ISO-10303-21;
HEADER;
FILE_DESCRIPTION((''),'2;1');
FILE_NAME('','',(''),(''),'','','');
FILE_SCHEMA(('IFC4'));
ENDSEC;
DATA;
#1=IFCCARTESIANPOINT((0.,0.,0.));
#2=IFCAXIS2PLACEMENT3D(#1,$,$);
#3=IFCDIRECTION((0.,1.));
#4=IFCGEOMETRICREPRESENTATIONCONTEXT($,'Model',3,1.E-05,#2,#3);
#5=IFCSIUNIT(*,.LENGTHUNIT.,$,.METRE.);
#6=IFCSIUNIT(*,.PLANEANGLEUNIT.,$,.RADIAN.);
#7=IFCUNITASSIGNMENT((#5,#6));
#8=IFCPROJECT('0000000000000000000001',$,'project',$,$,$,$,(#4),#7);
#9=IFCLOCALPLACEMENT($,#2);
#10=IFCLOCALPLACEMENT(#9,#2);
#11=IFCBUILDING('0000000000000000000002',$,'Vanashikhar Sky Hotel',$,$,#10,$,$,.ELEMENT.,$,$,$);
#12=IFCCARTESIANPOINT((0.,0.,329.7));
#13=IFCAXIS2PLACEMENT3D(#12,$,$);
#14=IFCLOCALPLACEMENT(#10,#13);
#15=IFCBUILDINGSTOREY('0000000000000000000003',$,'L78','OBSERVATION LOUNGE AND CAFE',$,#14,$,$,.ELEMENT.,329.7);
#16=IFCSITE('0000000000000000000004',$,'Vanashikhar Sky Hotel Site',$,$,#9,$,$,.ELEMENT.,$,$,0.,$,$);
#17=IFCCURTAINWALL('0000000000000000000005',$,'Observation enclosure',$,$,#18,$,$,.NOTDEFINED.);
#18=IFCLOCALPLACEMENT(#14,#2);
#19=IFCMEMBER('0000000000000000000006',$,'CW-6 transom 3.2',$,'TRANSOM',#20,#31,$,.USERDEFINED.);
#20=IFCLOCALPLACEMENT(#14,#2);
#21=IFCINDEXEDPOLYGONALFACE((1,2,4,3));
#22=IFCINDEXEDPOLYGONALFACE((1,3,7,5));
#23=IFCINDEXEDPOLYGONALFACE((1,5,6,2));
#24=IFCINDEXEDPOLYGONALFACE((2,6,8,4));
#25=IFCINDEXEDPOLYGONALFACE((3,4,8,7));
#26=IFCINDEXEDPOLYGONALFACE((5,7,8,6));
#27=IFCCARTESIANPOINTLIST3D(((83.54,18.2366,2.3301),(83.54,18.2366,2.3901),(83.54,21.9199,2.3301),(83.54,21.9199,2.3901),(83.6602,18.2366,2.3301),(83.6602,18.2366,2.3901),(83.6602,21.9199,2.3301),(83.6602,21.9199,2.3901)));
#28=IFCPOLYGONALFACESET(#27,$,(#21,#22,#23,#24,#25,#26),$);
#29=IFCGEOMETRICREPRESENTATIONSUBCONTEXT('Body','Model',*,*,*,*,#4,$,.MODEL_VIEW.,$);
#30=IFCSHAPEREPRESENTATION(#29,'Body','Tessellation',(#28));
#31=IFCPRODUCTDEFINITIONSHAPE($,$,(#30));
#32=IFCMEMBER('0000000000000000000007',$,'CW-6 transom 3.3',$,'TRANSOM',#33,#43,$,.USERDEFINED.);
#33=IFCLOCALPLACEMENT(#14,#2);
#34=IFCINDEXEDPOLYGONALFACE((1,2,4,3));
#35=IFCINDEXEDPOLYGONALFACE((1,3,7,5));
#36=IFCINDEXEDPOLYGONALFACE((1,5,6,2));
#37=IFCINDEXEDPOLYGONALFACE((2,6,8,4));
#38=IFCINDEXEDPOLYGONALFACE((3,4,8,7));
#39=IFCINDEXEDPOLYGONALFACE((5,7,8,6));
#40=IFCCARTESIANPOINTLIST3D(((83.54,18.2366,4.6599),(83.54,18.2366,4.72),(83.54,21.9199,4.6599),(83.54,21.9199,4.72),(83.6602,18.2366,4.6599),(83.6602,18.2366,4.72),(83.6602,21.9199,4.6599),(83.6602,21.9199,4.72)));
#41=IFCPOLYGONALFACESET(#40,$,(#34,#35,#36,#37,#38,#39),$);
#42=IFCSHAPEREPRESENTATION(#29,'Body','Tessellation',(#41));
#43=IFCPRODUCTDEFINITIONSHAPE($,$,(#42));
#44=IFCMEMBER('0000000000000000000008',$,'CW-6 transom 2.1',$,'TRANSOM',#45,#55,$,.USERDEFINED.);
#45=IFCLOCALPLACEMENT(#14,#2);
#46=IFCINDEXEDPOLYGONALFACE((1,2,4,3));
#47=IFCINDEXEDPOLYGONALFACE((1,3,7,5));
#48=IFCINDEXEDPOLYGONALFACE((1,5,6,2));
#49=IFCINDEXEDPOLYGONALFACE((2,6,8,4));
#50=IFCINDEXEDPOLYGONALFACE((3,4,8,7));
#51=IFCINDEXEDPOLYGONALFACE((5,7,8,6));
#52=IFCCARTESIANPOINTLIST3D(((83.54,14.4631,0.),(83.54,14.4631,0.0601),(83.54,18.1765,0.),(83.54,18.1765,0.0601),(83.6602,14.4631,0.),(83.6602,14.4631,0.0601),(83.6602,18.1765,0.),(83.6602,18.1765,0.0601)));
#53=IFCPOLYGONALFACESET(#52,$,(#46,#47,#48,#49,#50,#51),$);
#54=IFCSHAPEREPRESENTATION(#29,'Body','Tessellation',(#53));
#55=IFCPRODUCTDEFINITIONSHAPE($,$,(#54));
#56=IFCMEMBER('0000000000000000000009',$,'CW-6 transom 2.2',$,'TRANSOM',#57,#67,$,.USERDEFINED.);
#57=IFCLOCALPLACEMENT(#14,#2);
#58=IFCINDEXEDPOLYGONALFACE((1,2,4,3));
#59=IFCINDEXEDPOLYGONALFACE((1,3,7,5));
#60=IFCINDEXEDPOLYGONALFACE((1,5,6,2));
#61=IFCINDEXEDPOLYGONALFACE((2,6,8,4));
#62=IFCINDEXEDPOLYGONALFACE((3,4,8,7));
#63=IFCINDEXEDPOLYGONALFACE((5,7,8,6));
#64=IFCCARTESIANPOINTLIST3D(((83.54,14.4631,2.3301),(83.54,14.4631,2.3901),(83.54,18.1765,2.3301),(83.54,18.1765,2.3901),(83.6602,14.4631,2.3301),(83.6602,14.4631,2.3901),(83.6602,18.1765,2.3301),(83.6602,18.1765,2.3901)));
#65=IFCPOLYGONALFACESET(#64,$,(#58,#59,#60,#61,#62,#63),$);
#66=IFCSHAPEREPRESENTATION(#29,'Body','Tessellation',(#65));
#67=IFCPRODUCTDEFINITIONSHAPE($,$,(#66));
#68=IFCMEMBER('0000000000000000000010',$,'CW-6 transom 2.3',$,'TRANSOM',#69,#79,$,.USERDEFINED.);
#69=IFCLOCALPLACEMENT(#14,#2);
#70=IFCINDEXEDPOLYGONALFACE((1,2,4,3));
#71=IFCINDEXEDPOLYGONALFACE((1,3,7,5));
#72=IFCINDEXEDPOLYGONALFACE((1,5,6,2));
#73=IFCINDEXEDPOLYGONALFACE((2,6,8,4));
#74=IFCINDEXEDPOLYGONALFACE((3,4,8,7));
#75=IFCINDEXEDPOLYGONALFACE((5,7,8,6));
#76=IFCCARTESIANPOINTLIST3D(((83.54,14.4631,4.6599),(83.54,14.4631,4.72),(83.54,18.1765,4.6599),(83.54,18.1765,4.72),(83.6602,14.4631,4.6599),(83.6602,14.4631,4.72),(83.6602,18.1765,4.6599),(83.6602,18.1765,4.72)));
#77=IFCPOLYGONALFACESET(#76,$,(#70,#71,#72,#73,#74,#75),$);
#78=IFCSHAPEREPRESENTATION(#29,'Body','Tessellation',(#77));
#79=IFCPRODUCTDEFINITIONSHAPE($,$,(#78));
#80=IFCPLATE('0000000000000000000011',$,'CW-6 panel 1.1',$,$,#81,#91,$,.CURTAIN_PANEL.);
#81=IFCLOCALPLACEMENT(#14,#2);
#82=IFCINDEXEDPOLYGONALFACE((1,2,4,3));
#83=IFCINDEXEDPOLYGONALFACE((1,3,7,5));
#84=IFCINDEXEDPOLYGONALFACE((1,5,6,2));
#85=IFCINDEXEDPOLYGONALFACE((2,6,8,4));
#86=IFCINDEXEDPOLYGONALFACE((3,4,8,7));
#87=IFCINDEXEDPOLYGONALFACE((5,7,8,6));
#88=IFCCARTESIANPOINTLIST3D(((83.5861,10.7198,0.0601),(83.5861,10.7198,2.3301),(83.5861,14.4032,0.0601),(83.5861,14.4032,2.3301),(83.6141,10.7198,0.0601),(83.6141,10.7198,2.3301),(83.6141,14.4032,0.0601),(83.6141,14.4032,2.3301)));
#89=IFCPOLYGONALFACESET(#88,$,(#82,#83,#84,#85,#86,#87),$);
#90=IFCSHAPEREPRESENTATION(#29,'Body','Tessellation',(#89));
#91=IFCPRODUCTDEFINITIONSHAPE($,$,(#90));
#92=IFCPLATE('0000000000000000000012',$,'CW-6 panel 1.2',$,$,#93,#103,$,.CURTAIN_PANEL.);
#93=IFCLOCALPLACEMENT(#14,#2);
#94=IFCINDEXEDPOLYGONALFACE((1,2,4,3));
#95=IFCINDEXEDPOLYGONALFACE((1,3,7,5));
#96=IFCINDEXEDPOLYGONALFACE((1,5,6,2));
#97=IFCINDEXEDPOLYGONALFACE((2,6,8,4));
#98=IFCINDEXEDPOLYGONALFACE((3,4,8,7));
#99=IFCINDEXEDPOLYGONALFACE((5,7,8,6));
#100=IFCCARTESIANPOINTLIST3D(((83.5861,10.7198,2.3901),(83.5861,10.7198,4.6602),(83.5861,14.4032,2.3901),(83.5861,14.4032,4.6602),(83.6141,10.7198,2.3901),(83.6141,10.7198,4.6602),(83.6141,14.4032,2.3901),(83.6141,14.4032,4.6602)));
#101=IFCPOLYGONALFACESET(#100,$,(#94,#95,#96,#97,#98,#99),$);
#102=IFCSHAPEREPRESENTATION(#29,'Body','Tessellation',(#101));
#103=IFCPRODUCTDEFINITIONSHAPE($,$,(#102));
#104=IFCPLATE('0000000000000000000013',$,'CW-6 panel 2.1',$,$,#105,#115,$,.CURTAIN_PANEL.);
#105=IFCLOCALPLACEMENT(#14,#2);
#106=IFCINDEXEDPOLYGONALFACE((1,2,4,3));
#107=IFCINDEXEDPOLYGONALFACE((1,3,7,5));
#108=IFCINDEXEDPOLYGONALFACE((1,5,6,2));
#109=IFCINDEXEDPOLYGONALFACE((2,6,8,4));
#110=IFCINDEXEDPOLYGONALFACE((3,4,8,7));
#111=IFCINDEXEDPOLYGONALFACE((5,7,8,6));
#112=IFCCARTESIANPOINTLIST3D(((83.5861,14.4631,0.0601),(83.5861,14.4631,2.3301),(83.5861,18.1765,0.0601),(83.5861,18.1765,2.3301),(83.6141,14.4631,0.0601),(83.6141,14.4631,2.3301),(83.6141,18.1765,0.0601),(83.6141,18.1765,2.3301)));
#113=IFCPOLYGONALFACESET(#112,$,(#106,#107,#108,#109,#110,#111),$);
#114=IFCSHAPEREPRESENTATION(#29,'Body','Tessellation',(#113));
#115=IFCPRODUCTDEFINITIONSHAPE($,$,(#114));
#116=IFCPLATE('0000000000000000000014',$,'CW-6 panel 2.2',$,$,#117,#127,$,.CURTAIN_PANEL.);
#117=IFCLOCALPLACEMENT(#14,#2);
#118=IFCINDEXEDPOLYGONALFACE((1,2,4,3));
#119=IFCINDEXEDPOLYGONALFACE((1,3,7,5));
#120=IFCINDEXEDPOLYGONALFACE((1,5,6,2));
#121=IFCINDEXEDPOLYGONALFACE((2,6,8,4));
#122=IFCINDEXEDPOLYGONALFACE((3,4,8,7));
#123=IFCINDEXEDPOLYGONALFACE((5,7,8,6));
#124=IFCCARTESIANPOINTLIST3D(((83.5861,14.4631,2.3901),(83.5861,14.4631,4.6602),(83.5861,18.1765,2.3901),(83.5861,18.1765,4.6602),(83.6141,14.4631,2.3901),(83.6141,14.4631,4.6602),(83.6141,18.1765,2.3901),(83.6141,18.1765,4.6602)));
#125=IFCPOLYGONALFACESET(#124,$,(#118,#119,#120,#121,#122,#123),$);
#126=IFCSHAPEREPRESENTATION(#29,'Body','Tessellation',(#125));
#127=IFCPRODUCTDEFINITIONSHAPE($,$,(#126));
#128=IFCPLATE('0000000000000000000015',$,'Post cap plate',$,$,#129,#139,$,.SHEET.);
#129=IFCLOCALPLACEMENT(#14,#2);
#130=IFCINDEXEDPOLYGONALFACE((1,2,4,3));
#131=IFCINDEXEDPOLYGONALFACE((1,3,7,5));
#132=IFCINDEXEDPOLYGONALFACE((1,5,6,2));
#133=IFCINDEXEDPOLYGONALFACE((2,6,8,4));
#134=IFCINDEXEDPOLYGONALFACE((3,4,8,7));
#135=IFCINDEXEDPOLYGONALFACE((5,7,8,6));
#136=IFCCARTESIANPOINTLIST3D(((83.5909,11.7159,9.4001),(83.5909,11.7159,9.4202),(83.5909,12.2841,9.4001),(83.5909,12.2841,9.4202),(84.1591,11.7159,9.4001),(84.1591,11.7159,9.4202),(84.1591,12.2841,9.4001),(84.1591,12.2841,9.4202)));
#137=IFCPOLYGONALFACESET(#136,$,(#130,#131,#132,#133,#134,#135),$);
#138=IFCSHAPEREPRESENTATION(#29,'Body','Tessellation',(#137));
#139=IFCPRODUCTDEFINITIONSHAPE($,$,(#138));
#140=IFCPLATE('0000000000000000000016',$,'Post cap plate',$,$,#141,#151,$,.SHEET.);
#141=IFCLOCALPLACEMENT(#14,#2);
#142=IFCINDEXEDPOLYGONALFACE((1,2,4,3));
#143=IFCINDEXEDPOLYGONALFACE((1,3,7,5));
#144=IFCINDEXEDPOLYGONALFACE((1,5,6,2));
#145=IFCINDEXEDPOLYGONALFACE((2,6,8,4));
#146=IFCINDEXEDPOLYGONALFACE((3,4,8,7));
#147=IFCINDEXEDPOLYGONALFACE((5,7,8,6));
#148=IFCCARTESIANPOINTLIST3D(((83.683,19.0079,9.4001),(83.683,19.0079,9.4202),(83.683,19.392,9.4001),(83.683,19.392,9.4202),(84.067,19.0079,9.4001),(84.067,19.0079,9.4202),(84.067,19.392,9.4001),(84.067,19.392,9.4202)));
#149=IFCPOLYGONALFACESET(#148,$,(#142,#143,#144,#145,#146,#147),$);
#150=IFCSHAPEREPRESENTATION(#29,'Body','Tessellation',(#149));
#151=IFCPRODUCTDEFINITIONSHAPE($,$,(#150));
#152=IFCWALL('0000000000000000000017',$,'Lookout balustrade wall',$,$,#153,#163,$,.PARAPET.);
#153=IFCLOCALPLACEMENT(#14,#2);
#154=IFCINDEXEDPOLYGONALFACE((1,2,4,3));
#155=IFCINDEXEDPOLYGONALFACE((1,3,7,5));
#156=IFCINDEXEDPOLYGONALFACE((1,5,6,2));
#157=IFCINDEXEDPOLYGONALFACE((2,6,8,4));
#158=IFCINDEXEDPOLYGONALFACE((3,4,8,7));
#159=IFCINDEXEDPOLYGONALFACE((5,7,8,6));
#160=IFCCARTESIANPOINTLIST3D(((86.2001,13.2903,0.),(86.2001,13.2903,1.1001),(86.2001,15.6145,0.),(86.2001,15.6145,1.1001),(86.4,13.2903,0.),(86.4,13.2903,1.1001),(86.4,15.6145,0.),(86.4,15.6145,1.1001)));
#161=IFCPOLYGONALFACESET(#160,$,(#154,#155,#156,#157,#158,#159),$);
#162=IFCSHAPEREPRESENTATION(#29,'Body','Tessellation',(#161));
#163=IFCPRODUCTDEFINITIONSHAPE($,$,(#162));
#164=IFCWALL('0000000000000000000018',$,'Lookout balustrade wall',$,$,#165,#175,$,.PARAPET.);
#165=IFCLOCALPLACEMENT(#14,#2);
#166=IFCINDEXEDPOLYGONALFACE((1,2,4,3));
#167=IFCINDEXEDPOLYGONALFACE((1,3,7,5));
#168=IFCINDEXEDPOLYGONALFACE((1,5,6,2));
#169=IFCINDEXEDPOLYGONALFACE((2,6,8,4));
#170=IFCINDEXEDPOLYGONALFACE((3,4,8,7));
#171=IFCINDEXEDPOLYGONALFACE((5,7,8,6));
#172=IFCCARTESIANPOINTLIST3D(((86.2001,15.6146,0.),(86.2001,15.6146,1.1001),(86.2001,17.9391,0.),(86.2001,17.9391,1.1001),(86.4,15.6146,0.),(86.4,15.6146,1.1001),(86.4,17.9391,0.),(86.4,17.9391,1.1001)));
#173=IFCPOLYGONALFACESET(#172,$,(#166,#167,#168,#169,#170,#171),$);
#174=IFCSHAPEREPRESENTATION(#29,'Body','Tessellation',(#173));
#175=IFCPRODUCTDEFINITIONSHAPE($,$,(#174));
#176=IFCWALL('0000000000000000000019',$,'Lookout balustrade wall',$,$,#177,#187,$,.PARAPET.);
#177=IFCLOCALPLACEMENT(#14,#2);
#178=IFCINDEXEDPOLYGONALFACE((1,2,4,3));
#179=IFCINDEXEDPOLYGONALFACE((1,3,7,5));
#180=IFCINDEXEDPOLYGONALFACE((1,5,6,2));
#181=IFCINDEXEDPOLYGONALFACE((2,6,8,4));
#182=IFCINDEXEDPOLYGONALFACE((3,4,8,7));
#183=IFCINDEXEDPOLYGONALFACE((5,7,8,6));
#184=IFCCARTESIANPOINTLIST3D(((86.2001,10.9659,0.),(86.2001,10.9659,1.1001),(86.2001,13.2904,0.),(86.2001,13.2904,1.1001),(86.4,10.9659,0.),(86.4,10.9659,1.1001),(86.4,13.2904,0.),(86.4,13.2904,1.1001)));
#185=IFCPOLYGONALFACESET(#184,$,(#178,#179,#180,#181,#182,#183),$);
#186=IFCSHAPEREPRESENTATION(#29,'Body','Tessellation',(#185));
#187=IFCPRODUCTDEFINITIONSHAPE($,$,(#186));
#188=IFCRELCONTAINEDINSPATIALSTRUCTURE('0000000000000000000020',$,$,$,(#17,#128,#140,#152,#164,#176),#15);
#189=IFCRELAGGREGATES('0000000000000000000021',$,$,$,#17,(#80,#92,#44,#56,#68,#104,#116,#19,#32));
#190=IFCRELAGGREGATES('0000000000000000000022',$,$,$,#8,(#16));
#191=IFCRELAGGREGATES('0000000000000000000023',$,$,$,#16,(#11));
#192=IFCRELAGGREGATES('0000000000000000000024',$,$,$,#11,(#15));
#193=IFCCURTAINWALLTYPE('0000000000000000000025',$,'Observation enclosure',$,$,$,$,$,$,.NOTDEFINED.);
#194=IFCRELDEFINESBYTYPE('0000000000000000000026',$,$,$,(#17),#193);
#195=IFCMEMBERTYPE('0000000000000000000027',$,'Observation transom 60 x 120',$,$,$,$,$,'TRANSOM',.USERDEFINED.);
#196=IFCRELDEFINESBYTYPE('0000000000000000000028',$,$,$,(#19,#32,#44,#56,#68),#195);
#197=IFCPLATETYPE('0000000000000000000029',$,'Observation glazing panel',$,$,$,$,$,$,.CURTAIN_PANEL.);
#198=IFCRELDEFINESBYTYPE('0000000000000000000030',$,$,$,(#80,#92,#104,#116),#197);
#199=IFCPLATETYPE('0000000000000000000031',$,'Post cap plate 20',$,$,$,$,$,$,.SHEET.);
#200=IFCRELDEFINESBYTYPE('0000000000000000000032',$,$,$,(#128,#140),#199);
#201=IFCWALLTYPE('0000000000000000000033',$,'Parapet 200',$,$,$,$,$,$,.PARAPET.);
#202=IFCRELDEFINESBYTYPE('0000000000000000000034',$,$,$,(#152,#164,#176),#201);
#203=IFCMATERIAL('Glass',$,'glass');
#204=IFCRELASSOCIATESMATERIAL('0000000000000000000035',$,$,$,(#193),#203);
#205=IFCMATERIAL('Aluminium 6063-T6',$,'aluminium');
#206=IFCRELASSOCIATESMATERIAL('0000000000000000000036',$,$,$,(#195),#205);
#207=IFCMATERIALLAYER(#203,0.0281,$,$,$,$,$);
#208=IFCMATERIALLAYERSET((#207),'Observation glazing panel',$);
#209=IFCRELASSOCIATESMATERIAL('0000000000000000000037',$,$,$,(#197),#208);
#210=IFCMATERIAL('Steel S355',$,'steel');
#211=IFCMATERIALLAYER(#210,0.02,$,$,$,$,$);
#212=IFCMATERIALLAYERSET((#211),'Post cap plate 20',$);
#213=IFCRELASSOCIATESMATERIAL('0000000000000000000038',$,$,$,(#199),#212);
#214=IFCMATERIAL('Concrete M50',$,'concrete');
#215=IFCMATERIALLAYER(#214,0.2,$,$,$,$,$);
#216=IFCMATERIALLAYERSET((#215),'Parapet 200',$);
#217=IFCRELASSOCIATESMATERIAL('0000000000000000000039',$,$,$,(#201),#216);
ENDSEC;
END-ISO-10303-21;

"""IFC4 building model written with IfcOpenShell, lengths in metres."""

from ifc_helpers import new_model, si_unit, direction, frame, frame_2d, origin, origin_2d, place, context, subcontext, project, spatial, rectangle, extrude, source, transform, mapped, material, layer, layer_set, material_profile, profile_set, type_object, element, aggregate, save


model = new_model("IFC4")

# Units and contexts
model_context = context("Model", 3, precision=1e-05, world=origin(), true_north=direction((0.0, 1.0)))
body_context = subcontext(model_context, "Body", "Model", "MODEL_VIEW")
ifc_project = project(units=[si_unit("LENGTHUNIT", "METRE"), si_unit("PLANEANGLEUNIT", "RADIAN")], contexts=[model_context])

# Site, building, storey
site_placement = place(None, origin())
site = spatial("IfcSite", under=ifc_project, at=site_placement, Name="Vanashikhar Sky Hotel Site", CompositionType="ELEMENT", RefElevation=0.0)
building_placement = place(site_placement, origin())
building = spatial("IfcBuilding", under=site, at=building_placement, Name="Vanashikhar Sky Hotel", CompositionType="ELEMENT")
storey_placement = place(building_placement, frame((0.0, 0.0, 329.7)))
storey = spatial("IfcBuildingStorey", under=building, at=storey_placement, Name="L78", Description="OBSERVATION LOUNGE AND CAFE", CompositionType="ELEMENT", Elevation=329.7)

# Shared definitions
ifc_material_1 = material(Name="Steel S355", Category="steel")

# Curtain wall, members, plates
ifc_material_2 = material(Name="Glass", Category="glass")
curtain_wall_type = type_object("IfcCurtainWallType", Name="Observation enclosure", PredefinedType="NOTDEFINED", material=ifc_material_2)
curtain_wall_placement = place(storey_placement, origin())
curtain_wall = element("IfcCurtainWall", 1, at=curtain_wall_placement, inside=storey, type_object=curtain_wall_type, Name="Observation enclosure", PredefinedType="NOTDEFINED")
ifc_material_3 = material(Name="Aluminium 6063-T6", Category="aluminium")
ifc_material_profile_1 = material_profile(ifc_material_3, rectangle(XDim=0.1201, YDim=0.0601, at=origin_2d()))
ifc_profile_set_1 = profile_set([ifc_material_profile_1], Name="Aluminium 6063-T6")
member_type_1 = type_object("IfcMemberType", Name="Observation transom 60 x 120", ElementType="TRANSOM", PredefinedType="USERDEFINED", material=ifc_profile_set_1)
shared_shape_1 = source(origin(), body_context, "Body", "SweptSolid", [
    extrude(rectangle(XDim=0.1201, YDim=0.0601, at=origin_2d()), origin(), (0.0, 0.0, 1.0), 3.6833),
])
member_1_placement = place(storey_placement, frame((83.6001, 18.2366, 2.3601), z_axis=(0.0, 1.0, 0.0), x_axis=(-1.0, 0.0, 0.0)))
member_1 = element("IfcMember", 2, at=member_1_placement, type_object=member_type_1, Name="CW-6 transom 3.2", ObjectType="TRANSOM", PredefinedType="USERDEFINED", context=body_context, shape_type="MappedRepresentation", body=[
    mapped(shared_shape_1, transform((0.0, 0.0, 0.0), scale=1.0)),
])
member_2_placement = place(storey_placement, frame((83.6001, 18.2366, 4.6899), z_axis=(0.0, 1.0, 0.0), x_axis=(-1.0, 0.0, 0.0)))
member_2 = element("IfcMember", 3, at=member_2_placement, type_object=member_type_1, Name="CW-6 transom 3.3", ObjectType="TRANSOM", PredefinedType="USERDEFINED", context=body_context, shape_type="MappedRepresentation", body=[
    mapped(shared_shape_1, transform((0.0, 0.0, 0.0), scale=1.0)),
])
shared_shape_2 = source(origin(), body_context, "Body", "SweptSolid", [
    extrude(rectangle(XDim=0.1201, YDim=0.0601, at=origin_2d()), origin(), (0.0, 0.0, 1.0), 3.7134),
])
member_3_placement = place(storey_placement, frame((83.6001, 14.4631, 0.03), z_axis=(0.0, 1.0, 0.0), x_axis=(-1.0, 0.0, 0.0)))
member_3 = element("IfcMember", 4, at=member_3_placement, type_object=member_type_1, Name="CW-6 transom 2.1", ObjectType="TRANSOM", PredefinedType="USERDEFINED", context=body_context, shape_type="MappedRepresentation", body=[
    mapped(shared_shape_2, transform((0.0, 0.0, 0.0), scale=1.0)),
])
member_4_placement = place(storey_placement, frame((83.6001, 14.4631, 2.3601), z_axis=(0.0, 1.0, 0.0), x_axis=(-1.0, 0.0, 0.0)))
member_4 = element("IfcMember", 5, at=member_4_placement, type_object=member_type_1, Name="CW-6 transom 2.2", ObjectType="TRANSOM", PredefinedType="USERDEFINED", context=body_context, shape_type="MappedRepresentation", body=[
    mapped(shared_shape_2, transform((0.0, 0.0, 0.0), scale=1.0)),
])
member_5_placement = place(storey_placement, frame((83.6001, 14.4631, 4.6899), z_axis=(0.0, 1.0, 0.0), x_axis=(-1.0, 0.0, 0.0)))
member_5 = element("IfcMember", 6, at=member_5_placement, type_object=member_type_1, Name="CW-6 transom 2.3", ObjectType="TRANSOM", PredefinedType="USERDEFINED", context=body_context, shape_type="MappedRepresentation", body=[
    mapped(shared_shape_2, transform((0.0, 0.0, 0.0), scale=1.0)),
])
ifc_layer_1 = layer(ifc_material_2, 0.0281)
ifc_layer_set_1 = layer_set([ifc_layer_1], Name="Observation glazing panel")
plate_type_1 = type_object("IfcPlateType", Name="Observation glazing panel", PredefinedType="CURTAIN_PANEL", material=ifc_layer_set_1)
shared_shape_3 = source(origin(), body_context, "Body", "SweptSolid", [
    extrude(rectangle(XDim=3.6833, YDim=0.0281, at=origin_2d()), origin(), (0.0, 0.0, 1.0), 2.27),
])
plate_1_placement = place(storey_placement, frame((83.6001, 12.5615, 0.0601), z_axis=(0.0, 0.0, 1.0), x_axis=(0.0, 1.0, 0.0)))
plate_1 = element("IfcPlate", 7, at=plate_1_placement, type_object=plate_type_1, Name="CW-6 panel 1.1", PredefinedType="CURTAIN_PANEL", context=body_context, shape_type="MappedRepresentation", body=[
    mapped(shared_shape_3, transform((0.0, 0.0, 0.0), scale=1.0)),
])
plate_2_placement = place(storey_placement, frame((83.6001, 12.5615, 2.3901), z_axis=(0.0, 0.0, 1.0), x_axis=(0.0, 1.0, 0.0)))
plate_2 = element("IfcPlate", 8, at=plate_2_placement, type_object=plate_type_1, Name="CW-6 panel 1.2", PredefinedType="CURTAIN_PANEL", context=body_context, shape_type="MappedRepresentation", body=[
    mapped(shared_shape_3, transform((0.0, 0.0, 0.0), scale=1.0)),
])
shared_shape_4 = source(origin(), body_context, "Body", "SweptSolid", [
    extrude(rectangle(XDim=3.7134, YDim=0.0281, at=origin_2d()), origin(), (0.0, 0.0, 1.0), 2.27),
])
plate_3_placement = place(storey_placement, frame((83.6001, 16.3198, 0.0601), z_axis=(0.0, 0.0, 1.0), x_axis=(0.0, 1.0, 0.0)))
plate_3 = element("IfcPlate", 9, at=plate_3_placement, type_object=plate_type_1, Name="CW-6 panel 2.1", PredefinedType="CURTAIN_PANEL", context=body_context, shape_type="MappedRepresentation", body=[
    mapped(shared_shape_4, transform((0.0, 0.0, 0.0), scale=1.0)),
])
plate_4_placement = place(storey_placement, frame((83.6001, 16.3198, 2.3901), z_axis=(0.0, 0.0, 1.0), x_axis=(0.0, 1.0, 0.0)))
plate_4 = element("IfcPlate", 10, at=plate_4_placement, type_object=plate_type_1, Name="CW-6 panel 2.2", PredefinedType="CURTAIN_PANEL", context=body_context, shape_type="MappedRepresentation", body=[
    mapped(shared_shape_4, transform((0.0, 0.0, 0.0), scale=1.0)),
])
aggregate(curtain_wall, [plate_1, plate_2, member_3, member_4, member_5, plate_3, plate_4, member_1, member_2])

# Plates
ifc_layer_2 = layer(ifc_material_1, 0.02)
ifc_layer_set_2 = layer_set([ifc_layer_2], Name="Post cap plate 20")
plate_type_2 = type_object("IfcPlateType", Name="Post cap plate 20", PredefinedType="SHEET", material=ifc_layer_set_2)
shared_shape_5 = source(origin(), body_context, "Body", "SweptSolid", [
    extrude(rectangle(XDim=0.5681, YDim=0.5681, at=origin_2d()), origin(), (0.0, 0.0, 1.0), 0.02),
])
plate_5_placement = place(storey_placement, frame((83.875, 12.0, 9.4001), z_axis=(0.0, 0.0, 1.0), x_axis=(1.0, 0.0, 0.0)))
element("IfcPlate", 11, at=plate_5_placement, inside=storey, type_object=plate_type_2, Name="Post cap plate", PredefinedType="SHEET", context=body_context, shape_type="MappedRepresentation", body=[
    mapped(shared_shape_5, transform((0.0, 0.0, 0.0), scale=1.0)),
])
shared_shape_6 = source(origin(), body_context, "Body", "SweptSolid", [
    extrude(rectangle(XDim=0.384, YDim=0.384, at=origin_2d()), origin(), (0.0, 0.0, 1.0), 0.02),
])
plate_6_placement = place(storey_placement, frame((83.875, 19.2, 9.4001), z_axis=(0.0, 0.0, 1.0), x_axis=(1.0, 0.0, 0.0)))
element("IfcPlate", 12, at=plate_6_placement, inside=storey, type_object=plate_type_2, Name="Post cap plate", PredefinedType="SHEET", context=body_context, shape_type="MappedRepresentation", body=[
    mapped(shared_shape_6, transform((0.0, 0.0, 0.0), scale=1.0)),
])

# Walls
ifc_material_4 = material(Name="Concrete M50", Category="concrete")
ifc_layer_3 = layer(ifc_material_4, 0.2)
ifc_layer_set_3 = layer_set([ifc_layer_3], Name="Parapet 200")
wall_type = type_object("IfcWallType", Name="Parapet 200", PredefinedType="PARAPET", material=ifc_layer_set_3)
shared_shape_7 = source(origin(), body_context, "Body", "SweptSolid", [
    extrude(rectangle(XDim=2.3242, YDim=0.2, at=frame_2d((1.1621, 0.0))), origin(), (0.0, 0.0, 1.0), 1.1001),
])
wall_placement = place(storey_placement, frame((86.3, 15.6145, 0.0), z_axis=(0.0, 0.0, 1.0), x_axis=(0.0, -1.0, 0.0)))
element("IfcWall", 13, at=wall_placement, inside=storey, type_object=wall_type, Name="Lookout balustrade wall", PredefinedType="PARAPET", context=body_context, shape_type="MappedRepresentation", body=[
    mapped(shared_shape_7, transform((0.0, 0.0, 0.0), scale=1.0)),
])
shared_shape_8 = source(origin(), body_context, "Body", "SweptSolid", [
    extrude(rectangle(XDim=2.3245, YDim=0.2, at=frame_2d((1.1621, 0.0))), origin(), (0.0, 0.0, 1.0), 1.1001),
])
for number, where, z_axis, x_axis, name in (
    (14, (86.3, 17.939, 0.0), (0.0, 0.0, 1.0), (0.0, -1.0, 0.0), "Lookout balustrade wall"),
    (15, (86.3, 13.2903, 0.0), (0.0, 0.0, 1.0), (0.0, -1.0, 0.0), "Lookout balustrade wall"),
):
    element("IfcWall", number, at=place(storey_placement, frame(where, z_axis=z_axis, x_axis=x_axis)), inside=storey, type_object=wall_type, Name=name, PredefinedType="PARAPET", context=body_context, shape_type="MappedRepresentation", body=[
        mapped(shared_shape_8, transform((0.0, 0.0, 0.0), scale=1.0)),
    ])

save(model, "model.ifc")
